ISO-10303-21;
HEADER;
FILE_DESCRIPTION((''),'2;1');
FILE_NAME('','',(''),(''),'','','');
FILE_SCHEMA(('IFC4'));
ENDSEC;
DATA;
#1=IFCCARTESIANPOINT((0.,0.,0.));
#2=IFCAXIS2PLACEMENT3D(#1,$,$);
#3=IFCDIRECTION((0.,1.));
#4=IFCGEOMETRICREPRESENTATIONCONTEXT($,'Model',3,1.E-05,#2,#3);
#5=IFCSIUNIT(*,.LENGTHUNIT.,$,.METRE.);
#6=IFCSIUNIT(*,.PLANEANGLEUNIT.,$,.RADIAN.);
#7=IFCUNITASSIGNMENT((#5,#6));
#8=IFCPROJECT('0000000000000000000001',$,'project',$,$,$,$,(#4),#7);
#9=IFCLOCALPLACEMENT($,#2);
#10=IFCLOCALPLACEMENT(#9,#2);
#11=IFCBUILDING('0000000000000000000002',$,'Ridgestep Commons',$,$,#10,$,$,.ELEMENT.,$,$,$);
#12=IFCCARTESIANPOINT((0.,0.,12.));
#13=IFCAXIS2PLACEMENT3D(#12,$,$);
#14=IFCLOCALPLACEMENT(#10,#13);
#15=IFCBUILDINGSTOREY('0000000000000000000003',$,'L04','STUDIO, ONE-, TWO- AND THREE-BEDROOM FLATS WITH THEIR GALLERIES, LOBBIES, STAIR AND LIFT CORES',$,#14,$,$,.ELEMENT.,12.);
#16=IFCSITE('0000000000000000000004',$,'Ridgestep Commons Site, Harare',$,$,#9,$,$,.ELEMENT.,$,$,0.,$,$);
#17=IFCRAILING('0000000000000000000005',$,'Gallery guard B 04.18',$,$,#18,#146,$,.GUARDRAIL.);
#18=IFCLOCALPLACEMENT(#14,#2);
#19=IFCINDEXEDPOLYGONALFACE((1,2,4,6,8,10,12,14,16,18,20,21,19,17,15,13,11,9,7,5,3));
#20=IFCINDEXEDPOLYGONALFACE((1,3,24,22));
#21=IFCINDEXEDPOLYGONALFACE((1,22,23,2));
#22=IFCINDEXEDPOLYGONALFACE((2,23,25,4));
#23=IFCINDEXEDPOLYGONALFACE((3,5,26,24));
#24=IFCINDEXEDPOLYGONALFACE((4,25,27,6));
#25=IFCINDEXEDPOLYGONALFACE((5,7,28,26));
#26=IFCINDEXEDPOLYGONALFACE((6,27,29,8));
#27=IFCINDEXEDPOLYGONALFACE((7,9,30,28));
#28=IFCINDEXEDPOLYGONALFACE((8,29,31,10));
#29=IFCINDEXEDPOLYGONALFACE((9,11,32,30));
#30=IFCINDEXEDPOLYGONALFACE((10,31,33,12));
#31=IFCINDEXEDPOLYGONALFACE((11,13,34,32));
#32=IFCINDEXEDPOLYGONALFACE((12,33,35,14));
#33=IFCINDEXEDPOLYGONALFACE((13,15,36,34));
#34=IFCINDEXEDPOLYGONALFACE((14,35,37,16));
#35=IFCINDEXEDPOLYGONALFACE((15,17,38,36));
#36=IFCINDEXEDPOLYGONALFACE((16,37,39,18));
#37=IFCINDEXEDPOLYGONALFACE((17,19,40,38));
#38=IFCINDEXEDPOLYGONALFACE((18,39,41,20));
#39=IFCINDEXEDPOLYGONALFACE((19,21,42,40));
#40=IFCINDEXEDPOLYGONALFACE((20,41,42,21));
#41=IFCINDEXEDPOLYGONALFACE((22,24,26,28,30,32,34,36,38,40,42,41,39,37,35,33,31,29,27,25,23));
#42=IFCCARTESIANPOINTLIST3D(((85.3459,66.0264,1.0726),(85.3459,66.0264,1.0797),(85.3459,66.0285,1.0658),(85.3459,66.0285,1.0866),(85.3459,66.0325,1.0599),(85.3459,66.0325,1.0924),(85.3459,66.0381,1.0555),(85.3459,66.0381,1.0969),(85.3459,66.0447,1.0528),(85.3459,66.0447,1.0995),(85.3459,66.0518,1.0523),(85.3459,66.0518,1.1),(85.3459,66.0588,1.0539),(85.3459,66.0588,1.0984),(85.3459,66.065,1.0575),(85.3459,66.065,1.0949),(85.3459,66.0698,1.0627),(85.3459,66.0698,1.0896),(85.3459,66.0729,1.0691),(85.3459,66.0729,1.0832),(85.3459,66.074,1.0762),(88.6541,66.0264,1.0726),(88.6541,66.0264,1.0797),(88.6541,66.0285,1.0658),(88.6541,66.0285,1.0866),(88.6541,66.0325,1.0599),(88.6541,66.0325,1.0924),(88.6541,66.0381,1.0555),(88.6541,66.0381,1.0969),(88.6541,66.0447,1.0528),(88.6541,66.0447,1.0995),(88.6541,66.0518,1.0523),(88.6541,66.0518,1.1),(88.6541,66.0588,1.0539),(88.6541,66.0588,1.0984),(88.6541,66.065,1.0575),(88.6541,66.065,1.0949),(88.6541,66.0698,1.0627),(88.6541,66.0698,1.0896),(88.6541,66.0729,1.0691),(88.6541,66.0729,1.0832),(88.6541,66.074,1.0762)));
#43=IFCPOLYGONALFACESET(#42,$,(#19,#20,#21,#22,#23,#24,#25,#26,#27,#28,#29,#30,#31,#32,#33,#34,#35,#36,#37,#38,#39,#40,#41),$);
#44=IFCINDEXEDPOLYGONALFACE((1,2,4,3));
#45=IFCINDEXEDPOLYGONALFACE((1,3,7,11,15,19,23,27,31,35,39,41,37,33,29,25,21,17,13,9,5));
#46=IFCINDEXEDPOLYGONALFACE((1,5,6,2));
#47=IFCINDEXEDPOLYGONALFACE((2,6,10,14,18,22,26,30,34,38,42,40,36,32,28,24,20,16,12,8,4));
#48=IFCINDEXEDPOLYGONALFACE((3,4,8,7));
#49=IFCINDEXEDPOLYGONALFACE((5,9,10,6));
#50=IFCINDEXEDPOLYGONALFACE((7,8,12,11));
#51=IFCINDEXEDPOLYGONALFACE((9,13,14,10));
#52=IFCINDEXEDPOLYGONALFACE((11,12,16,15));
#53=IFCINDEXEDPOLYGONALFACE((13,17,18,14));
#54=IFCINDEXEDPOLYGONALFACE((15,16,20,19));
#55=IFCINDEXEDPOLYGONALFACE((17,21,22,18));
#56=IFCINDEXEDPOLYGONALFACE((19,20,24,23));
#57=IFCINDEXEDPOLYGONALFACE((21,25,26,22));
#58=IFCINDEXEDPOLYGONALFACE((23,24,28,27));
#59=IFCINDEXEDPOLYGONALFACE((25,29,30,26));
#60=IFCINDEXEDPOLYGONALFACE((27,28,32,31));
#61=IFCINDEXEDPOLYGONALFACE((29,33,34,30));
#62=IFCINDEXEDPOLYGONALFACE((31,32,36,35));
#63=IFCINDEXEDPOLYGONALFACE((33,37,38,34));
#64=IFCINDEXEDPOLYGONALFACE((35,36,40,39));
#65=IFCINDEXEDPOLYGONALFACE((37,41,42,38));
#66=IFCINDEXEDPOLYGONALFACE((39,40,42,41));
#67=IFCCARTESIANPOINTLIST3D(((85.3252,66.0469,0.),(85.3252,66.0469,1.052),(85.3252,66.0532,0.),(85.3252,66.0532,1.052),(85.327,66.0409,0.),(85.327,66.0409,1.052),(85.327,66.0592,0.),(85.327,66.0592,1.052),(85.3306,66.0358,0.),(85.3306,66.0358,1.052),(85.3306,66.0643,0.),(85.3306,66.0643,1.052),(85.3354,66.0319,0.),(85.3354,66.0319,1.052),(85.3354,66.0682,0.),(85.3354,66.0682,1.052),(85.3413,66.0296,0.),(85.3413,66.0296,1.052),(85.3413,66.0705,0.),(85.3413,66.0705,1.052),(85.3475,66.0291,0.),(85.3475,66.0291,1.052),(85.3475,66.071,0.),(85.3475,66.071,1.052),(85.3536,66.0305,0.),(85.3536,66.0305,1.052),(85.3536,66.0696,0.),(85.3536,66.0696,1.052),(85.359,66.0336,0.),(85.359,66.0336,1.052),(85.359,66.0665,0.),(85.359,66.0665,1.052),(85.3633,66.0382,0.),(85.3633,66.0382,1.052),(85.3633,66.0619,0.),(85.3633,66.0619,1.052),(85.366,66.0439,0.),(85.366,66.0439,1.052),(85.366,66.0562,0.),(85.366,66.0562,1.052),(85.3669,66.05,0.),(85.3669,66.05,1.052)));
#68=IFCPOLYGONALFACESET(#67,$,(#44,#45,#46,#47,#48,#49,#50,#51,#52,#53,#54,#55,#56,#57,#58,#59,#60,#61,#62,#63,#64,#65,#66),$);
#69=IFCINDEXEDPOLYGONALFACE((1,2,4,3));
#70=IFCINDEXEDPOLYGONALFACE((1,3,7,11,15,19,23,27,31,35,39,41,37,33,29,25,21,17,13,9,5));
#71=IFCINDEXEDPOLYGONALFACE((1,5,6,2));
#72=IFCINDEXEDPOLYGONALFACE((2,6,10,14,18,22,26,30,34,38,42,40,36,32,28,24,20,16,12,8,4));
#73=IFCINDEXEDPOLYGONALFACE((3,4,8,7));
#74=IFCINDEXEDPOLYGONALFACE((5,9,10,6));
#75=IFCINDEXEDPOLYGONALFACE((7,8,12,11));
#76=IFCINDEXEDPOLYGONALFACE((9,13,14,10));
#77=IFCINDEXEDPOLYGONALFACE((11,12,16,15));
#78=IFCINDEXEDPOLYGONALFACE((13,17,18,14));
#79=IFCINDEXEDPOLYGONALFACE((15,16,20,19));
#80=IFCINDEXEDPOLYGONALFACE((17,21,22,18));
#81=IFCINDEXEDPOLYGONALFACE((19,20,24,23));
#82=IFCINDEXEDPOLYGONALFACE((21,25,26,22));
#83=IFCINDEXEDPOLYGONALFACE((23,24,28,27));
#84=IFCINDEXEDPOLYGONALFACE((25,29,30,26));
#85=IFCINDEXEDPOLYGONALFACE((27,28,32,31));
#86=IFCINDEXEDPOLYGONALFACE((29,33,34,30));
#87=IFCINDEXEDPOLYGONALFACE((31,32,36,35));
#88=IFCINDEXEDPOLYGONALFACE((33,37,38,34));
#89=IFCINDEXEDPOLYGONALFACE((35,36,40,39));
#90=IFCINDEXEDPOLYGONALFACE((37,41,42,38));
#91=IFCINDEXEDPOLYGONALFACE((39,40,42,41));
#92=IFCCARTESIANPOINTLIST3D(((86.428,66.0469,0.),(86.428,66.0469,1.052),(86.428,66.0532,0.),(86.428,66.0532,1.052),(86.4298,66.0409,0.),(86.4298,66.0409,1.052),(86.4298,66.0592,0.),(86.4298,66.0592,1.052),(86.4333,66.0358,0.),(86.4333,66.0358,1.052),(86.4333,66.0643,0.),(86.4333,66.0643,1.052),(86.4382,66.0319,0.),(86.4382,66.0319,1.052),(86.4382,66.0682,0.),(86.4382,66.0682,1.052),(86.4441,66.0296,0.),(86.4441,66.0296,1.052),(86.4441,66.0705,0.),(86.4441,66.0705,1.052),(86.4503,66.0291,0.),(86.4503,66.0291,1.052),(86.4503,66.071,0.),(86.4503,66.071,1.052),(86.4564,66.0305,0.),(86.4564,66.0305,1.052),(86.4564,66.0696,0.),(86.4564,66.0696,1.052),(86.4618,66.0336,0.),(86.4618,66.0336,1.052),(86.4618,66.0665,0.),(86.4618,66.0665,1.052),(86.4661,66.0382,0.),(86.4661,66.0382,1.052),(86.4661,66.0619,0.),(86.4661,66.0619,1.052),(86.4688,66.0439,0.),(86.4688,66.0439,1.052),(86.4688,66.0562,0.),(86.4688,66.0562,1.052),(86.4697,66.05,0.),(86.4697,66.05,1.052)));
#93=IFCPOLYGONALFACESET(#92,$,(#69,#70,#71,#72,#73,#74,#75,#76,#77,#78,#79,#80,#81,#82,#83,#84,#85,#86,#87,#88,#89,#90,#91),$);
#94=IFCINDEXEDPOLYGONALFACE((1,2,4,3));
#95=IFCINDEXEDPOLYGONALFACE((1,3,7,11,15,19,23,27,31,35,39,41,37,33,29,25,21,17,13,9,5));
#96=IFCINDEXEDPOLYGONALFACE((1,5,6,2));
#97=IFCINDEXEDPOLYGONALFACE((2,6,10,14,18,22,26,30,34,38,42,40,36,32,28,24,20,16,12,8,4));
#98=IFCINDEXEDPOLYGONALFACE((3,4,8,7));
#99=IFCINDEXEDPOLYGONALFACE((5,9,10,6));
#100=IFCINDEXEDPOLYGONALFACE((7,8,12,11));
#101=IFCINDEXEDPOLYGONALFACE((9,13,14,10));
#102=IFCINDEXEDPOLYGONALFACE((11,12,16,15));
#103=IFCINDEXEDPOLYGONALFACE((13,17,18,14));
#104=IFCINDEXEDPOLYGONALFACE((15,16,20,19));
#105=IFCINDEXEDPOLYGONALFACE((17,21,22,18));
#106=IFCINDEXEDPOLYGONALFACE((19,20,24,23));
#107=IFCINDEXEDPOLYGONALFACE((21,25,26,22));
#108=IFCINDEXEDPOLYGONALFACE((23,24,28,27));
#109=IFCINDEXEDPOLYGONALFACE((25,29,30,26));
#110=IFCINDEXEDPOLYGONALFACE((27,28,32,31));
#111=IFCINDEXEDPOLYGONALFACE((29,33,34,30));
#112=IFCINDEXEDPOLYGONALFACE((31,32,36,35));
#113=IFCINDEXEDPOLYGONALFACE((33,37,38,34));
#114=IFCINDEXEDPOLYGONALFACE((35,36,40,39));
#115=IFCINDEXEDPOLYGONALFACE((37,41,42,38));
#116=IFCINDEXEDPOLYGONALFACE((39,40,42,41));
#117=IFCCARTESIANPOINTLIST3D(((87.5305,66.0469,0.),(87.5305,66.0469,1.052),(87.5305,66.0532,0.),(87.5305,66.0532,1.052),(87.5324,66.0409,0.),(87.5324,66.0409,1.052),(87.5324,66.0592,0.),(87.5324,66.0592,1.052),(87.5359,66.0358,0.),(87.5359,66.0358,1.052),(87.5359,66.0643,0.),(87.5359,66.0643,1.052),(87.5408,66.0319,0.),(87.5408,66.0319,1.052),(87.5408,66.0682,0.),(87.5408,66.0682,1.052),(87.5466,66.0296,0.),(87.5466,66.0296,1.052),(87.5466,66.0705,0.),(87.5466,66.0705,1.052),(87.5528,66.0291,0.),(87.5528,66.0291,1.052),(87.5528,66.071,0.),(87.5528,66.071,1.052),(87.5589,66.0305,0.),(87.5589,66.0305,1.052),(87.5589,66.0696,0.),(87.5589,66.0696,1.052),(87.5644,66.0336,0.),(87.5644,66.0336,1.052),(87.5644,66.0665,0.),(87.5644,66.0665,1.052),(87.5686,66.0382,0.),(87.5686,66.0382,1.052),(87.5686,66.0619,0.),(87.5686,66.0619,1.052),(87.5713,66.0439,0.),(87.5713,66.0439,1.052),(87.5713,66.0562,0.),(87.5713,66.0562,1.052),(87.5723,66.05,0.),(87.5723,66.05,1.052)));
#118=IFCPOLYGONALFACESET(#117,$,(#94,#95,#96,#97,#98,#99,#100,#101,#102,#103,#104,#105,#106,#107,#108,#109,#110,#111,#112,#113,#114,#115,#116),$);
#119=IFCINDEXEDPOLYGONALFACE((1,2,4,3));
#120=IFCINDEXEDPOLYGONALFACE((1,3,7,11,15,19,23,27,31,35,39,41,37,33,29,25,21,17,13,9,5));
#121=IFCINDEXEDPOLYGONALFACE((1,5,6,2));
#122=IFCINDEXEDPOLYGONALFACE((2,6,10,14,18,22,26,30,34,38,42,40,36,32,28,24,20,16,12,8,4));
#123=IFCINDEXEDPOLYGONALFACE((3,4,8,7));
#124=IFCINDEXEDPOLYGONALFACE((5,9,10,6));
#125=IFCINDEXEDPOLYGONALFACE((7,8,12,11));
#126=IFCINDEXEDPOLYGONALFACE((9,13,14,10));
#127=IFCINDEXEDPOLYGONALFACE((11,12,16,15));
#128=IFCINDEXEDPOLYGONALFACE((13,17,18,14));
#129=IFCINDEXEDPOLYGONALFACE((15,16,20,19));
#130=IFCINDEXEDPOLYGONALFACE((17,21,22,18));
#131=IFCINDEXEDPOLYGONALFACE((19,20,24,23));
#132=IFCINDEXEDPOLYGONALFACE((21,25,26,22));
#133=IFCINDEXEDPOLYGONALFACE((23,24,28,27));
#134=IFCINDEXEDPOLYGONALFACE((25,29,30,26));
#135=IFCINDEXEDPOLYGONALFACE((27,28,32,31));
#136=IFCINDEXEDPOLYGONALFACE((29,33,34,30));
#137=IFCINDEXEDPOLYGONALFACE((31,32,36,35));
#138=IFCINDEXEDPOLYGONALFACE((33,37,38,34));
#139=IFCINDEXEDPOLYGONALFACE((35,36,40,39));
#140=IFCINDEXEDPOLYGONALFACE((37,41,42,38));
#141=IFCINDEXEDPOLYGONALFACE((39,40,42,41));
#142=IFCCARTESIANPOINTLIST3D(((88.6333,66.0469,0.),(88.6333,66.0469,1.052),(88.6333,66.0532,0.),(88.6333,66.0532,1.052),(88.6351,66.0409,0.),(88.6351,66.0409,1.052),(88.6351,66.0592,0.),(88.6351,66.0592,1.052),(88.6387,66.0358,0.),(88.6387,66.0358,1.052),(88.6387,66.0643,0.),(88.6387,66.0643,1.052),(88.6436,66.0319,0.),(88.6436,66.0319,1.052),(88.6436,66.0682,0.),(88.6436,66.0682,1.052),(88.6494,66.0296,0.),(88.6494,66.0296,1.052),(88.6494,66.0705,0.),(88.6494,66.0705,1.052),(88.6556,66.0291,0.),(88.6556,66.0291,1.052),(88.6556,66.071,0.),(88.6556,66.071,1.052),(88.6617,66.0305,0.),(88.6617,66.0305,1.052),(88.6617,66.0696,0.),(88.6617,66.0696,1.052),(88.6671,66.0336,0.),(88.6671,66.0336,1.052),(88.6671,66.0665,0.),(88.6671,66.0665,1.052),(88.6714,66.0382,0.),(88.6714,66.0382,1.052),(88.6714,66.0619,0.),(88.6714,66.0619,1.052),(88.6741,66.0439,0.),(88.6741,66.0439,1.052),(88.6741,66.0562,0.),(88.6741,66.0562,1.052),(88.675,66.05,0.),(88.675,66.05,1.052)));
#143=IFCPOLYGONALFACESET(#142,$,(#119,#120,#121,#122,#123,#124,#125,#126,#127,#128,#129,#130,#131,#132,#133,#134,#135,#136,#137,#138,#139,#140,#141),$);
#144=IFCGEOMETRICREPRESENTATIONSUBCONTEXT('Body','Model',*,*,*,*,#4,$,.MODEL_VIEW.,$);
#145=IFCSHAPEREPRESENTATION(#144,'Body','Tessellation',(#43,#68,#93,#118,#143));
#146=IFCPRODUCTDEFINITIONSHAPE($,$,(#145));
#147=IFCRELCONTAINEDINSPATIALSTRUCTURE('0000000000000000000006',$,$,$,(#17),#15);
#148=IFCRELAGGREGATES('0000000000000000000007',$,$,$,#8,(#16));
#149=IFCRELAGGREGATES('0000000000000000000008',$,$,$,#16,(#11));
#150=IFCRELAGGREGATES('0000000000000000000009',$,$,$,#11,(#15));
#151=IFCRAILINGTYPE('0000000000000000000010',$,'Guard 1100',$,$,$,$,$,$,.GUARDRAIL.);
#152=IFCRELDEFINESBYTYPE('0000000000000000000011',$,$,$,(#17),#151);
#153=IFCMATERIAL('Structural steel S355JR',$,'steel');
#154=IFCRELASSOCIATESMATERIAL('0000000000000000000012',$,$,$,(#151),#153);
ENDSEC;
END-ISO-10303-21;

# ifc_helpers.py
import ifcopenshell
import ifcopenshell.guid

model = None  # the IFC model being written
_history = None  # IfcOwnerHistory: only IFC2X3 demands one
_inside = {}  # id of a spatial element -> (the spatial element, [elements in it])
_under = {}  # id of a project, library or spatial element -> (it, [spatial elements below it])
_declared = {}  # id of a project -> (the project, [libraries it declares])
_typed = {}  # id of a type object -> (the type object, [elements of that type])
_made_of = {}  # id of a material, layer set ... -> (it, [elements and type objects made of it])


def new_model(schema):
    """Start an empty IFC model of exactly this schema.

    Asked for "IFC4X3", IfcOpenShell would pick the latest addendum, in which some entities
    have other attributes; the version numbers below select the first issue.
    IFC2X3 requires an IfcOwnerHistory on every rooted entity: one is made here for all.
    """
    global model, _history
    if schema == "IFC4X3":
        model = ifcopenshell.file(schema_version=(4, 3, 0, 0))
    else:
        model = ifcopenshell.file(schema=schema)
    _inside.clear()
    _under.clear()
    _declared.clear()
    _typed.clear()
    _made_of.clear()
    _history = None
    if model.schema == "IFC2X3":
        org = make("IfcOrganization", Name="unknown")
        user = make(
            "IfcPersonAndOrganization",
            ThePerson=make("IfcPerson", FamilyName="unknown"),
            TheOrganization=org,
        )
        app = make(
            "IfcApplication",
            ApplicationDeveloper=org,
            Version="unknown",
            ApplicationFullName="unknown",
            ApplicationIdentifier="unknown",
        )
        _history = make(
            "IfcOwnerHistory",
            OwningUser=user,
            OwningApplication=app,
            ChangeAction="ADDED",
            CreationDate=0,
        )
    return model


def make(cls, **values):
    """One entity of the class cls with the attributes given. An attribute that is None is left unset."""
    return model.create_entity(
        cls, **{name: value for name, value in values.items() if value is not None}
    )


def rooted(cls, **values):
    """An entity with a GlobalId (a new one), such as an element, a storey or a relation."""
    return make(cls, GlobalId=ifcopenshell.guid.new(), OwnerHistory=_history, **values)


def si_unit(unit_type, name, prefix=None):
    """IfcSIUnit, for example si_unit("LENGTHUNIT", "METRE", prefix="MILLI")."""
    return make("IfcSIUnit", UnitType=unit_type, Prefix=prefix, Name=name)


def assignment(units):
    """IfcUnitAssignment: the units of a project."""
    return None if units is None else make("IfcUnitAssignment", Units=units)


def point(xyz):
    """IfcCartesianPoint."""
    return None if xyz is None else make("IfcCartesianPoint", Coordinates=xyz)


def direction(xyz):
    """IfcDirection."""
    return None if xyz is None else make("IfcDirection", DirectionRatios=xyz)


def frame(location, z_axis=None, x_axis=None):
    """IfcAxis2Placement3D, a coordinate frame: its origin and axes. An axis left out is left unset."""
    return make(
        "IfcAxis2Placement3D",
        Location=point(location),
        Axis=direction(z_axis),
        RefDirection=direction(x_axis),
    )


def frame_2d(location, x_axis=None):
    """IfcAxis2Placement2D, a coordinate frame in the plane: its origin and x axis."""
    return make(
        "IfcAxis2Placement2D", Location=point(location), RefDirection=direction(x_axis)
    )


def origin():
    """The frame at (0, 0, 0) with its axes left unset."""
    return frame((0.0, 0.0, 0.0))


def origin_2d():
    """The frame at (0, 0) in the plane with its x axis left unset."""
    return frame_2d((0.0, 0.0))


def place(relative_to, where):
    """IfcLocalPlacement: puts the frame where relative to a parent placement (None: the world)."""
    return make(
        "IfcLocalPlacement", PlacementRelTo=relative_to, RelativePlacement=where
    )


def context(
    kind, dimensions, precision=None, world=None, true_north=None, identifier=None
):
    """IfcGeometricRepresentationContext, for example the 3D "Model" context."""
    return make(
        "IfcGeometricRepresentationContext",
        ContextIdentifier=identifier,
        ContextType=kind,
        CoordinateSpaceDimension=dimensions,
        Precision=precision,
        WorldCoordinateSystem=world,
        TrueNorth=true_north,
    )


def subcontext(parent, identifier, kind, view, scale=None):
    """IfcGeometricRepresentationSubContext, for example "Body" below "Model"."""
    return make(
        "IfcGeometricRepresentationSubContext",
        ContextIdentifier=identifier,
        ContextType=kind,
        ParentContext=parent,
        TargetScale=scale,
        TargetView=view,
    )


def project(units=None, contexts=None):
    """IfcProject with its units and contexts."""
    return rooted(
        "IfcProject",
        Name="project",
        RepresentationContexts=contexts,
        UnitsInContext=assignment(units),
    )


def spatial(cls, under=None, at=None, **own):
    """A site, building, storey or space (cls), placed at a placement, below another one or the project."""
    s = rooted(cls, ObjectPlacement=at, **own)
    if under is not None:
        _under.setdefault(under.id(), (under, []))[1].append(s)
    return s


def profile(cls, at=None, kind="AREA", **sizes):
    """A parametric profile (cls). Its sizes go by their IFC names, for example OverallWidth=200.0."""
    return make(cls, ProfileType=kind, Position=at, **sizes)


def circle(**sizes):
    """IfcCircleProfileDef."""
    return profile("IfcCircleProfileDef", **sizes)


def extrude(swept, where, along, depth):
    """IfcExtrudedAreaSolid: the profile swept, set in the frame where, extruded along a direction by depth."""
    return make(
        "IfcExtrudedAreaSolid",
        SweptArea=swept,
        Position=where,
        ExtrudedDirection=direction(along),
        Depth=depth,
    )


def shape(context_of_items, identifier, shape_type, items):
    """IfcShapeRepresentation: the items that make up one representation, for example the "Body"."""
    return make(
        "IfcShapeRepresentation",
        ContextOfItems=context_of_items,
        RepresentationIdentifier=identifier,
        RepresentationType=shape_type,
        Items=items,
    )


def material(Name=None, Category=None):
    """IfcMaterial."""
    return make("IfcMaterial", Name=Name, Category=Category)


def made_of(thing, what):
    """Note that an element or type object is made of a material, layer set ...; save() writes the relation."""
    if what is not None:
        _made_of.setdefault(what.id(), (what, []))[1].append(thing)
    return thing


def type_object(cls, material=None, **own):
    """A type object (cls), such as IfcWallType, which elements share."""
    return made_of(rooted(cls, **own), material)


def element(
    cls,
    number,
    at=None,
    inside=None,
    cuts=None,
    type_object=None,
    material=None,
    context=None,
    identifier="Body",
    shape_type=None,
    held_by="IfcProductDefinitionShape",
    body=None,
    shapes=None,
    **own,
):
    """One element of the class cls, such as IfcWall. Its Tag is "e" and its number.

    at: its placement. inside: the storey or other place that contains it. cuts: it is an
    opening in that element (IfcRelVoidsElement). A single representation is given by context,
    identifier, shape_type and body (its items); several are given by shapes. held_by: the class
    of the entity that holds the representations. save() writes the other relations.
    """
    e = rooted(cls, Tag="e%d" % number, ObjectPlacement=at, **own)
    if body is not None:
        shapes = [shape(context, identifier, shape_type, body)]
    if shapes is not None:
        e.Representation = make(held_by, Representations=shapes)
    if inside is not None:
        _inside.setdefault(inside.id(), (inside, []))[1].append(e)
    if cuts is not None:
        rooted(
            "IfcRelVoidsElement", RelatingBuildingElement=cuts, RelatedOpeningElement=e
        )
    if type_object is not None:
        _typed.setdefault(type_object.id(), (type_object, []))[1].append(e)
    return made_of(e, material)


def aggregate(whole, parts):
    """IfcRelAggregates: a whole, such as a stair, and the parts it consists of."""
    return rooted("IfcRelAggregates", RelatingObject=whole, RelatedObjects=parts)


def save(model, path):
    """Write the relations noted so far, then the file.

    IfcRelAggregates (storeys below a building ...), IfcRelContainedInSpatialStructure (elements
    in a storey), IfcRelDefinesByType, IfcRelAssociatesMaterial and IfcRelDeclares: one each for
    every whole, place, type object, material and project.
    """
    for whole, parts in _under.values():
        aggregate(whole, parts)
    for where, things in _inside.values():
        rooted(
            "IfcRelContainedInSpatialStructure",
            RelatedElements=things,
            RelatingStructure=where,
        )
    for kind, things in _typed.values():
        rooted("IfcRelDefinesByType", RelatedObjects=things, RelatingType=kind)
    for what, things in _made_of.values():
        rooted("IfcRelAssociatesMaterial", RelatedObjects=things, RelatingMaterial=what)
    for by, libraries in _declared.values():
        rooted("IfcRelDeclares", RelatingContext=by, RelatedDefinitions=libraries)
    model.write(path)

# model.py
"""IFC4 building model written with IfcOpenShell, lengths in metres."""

from ifc_helpers import new_model, si_unit, direction, frame, origin, origin_2d, place, context, subcontext, project, spatial, circle, extrude, material, type_object, element, save


model = new_model("IFC4")

# Units and contexts
model_context = context("Model", 3, precision=1e-05, world=origin(), true_north=direction((0.0, 1.0)))
body_context = subcontext(model_context, "Body", "Model", "MODEL_VIEW")
ifc_project = project(units=[si_unit("LENGTHUNIT", "METRE"), si_unit("PLANEANGLEUNIT", "RADIAN")], contexts=[model_context])

# Site, building, storey
site_placement = place(None, origin())
site = spatial("IfcSite", under=ifc_project, at=site_placement, Name="Ridgestep Commons Site, Harare", CompositionType="ELEMENT", RefElevation=0.0)
building_placement = place(site_placement, origin())
building = spatial("IfcBuilding", under=site, at=building_placement, Name="Ridgestep Commons", CompositionType="ELEMENT")
storey_placement = place(building_placement, frame((0.0, 0.0, 12.0)))
storey = spatial("IfcBuildingStorey", under=building, at=storey_placement, Name="L04", Description="STUDIO, ONE-, TWO- AND THREE-BEDROOM FLATS WITH THEIR GALLERIES, LOBBIES, STAIR AND LIFT CORES", CompositionType="ELEMENT", Elevation=12.0)

# Railing
ifc_material_1 = material(Name="Structural steel S355JR", Category="steel")
railing_type = type_object("IfcRailingType", Name="Guard 1100", PredefinedType="GUARDRAIL", material=ifc_material_1)
railing_1_placement = place(storey_placement, frame((85.3459, 66.05, 0.0)))
element("IfcRailing", 1, at=railing_1_placement, inside=storey, type_object=railing_type, Name="Gallery guard B 04.18", PredefinedType="GUARDRAIL", context=body_context, shape_type="SweptSolid", body=[
    extrude(circle(Radius=0.0239, at=origin_2d()), frame((0.0, 0.0, 1.0762), z_axis=(1.0, 0.0, 0.0), x_axis=(0.0, 1.0, 0.0)), (0.0, 0.0, 1.0), 3.3081),
    extrude(circle(Radius=0.021, at=origin_2d()), origin(), (0.0, 0.0, 1.0), 1.052),
    extrude(circle(Radius=0.021, at=origin_2d()), frame((1.1028, 0.0, 0.0)), (0.0, 0.0, 1.0), 1.052),
    extrude(circle(Radius=0.021, at=origin_2d()), frame((2.2053, 0.0, 0.0)), (0.0, 0.0, 1.0), 1.052),
    extrude(circle(Radius=0.021, at=origin_2d()), frame((3.3081, 0.0, 0.0)), (0.0, 0.0, 1.0), 1.052),
])

save(model, "model.ifc")
